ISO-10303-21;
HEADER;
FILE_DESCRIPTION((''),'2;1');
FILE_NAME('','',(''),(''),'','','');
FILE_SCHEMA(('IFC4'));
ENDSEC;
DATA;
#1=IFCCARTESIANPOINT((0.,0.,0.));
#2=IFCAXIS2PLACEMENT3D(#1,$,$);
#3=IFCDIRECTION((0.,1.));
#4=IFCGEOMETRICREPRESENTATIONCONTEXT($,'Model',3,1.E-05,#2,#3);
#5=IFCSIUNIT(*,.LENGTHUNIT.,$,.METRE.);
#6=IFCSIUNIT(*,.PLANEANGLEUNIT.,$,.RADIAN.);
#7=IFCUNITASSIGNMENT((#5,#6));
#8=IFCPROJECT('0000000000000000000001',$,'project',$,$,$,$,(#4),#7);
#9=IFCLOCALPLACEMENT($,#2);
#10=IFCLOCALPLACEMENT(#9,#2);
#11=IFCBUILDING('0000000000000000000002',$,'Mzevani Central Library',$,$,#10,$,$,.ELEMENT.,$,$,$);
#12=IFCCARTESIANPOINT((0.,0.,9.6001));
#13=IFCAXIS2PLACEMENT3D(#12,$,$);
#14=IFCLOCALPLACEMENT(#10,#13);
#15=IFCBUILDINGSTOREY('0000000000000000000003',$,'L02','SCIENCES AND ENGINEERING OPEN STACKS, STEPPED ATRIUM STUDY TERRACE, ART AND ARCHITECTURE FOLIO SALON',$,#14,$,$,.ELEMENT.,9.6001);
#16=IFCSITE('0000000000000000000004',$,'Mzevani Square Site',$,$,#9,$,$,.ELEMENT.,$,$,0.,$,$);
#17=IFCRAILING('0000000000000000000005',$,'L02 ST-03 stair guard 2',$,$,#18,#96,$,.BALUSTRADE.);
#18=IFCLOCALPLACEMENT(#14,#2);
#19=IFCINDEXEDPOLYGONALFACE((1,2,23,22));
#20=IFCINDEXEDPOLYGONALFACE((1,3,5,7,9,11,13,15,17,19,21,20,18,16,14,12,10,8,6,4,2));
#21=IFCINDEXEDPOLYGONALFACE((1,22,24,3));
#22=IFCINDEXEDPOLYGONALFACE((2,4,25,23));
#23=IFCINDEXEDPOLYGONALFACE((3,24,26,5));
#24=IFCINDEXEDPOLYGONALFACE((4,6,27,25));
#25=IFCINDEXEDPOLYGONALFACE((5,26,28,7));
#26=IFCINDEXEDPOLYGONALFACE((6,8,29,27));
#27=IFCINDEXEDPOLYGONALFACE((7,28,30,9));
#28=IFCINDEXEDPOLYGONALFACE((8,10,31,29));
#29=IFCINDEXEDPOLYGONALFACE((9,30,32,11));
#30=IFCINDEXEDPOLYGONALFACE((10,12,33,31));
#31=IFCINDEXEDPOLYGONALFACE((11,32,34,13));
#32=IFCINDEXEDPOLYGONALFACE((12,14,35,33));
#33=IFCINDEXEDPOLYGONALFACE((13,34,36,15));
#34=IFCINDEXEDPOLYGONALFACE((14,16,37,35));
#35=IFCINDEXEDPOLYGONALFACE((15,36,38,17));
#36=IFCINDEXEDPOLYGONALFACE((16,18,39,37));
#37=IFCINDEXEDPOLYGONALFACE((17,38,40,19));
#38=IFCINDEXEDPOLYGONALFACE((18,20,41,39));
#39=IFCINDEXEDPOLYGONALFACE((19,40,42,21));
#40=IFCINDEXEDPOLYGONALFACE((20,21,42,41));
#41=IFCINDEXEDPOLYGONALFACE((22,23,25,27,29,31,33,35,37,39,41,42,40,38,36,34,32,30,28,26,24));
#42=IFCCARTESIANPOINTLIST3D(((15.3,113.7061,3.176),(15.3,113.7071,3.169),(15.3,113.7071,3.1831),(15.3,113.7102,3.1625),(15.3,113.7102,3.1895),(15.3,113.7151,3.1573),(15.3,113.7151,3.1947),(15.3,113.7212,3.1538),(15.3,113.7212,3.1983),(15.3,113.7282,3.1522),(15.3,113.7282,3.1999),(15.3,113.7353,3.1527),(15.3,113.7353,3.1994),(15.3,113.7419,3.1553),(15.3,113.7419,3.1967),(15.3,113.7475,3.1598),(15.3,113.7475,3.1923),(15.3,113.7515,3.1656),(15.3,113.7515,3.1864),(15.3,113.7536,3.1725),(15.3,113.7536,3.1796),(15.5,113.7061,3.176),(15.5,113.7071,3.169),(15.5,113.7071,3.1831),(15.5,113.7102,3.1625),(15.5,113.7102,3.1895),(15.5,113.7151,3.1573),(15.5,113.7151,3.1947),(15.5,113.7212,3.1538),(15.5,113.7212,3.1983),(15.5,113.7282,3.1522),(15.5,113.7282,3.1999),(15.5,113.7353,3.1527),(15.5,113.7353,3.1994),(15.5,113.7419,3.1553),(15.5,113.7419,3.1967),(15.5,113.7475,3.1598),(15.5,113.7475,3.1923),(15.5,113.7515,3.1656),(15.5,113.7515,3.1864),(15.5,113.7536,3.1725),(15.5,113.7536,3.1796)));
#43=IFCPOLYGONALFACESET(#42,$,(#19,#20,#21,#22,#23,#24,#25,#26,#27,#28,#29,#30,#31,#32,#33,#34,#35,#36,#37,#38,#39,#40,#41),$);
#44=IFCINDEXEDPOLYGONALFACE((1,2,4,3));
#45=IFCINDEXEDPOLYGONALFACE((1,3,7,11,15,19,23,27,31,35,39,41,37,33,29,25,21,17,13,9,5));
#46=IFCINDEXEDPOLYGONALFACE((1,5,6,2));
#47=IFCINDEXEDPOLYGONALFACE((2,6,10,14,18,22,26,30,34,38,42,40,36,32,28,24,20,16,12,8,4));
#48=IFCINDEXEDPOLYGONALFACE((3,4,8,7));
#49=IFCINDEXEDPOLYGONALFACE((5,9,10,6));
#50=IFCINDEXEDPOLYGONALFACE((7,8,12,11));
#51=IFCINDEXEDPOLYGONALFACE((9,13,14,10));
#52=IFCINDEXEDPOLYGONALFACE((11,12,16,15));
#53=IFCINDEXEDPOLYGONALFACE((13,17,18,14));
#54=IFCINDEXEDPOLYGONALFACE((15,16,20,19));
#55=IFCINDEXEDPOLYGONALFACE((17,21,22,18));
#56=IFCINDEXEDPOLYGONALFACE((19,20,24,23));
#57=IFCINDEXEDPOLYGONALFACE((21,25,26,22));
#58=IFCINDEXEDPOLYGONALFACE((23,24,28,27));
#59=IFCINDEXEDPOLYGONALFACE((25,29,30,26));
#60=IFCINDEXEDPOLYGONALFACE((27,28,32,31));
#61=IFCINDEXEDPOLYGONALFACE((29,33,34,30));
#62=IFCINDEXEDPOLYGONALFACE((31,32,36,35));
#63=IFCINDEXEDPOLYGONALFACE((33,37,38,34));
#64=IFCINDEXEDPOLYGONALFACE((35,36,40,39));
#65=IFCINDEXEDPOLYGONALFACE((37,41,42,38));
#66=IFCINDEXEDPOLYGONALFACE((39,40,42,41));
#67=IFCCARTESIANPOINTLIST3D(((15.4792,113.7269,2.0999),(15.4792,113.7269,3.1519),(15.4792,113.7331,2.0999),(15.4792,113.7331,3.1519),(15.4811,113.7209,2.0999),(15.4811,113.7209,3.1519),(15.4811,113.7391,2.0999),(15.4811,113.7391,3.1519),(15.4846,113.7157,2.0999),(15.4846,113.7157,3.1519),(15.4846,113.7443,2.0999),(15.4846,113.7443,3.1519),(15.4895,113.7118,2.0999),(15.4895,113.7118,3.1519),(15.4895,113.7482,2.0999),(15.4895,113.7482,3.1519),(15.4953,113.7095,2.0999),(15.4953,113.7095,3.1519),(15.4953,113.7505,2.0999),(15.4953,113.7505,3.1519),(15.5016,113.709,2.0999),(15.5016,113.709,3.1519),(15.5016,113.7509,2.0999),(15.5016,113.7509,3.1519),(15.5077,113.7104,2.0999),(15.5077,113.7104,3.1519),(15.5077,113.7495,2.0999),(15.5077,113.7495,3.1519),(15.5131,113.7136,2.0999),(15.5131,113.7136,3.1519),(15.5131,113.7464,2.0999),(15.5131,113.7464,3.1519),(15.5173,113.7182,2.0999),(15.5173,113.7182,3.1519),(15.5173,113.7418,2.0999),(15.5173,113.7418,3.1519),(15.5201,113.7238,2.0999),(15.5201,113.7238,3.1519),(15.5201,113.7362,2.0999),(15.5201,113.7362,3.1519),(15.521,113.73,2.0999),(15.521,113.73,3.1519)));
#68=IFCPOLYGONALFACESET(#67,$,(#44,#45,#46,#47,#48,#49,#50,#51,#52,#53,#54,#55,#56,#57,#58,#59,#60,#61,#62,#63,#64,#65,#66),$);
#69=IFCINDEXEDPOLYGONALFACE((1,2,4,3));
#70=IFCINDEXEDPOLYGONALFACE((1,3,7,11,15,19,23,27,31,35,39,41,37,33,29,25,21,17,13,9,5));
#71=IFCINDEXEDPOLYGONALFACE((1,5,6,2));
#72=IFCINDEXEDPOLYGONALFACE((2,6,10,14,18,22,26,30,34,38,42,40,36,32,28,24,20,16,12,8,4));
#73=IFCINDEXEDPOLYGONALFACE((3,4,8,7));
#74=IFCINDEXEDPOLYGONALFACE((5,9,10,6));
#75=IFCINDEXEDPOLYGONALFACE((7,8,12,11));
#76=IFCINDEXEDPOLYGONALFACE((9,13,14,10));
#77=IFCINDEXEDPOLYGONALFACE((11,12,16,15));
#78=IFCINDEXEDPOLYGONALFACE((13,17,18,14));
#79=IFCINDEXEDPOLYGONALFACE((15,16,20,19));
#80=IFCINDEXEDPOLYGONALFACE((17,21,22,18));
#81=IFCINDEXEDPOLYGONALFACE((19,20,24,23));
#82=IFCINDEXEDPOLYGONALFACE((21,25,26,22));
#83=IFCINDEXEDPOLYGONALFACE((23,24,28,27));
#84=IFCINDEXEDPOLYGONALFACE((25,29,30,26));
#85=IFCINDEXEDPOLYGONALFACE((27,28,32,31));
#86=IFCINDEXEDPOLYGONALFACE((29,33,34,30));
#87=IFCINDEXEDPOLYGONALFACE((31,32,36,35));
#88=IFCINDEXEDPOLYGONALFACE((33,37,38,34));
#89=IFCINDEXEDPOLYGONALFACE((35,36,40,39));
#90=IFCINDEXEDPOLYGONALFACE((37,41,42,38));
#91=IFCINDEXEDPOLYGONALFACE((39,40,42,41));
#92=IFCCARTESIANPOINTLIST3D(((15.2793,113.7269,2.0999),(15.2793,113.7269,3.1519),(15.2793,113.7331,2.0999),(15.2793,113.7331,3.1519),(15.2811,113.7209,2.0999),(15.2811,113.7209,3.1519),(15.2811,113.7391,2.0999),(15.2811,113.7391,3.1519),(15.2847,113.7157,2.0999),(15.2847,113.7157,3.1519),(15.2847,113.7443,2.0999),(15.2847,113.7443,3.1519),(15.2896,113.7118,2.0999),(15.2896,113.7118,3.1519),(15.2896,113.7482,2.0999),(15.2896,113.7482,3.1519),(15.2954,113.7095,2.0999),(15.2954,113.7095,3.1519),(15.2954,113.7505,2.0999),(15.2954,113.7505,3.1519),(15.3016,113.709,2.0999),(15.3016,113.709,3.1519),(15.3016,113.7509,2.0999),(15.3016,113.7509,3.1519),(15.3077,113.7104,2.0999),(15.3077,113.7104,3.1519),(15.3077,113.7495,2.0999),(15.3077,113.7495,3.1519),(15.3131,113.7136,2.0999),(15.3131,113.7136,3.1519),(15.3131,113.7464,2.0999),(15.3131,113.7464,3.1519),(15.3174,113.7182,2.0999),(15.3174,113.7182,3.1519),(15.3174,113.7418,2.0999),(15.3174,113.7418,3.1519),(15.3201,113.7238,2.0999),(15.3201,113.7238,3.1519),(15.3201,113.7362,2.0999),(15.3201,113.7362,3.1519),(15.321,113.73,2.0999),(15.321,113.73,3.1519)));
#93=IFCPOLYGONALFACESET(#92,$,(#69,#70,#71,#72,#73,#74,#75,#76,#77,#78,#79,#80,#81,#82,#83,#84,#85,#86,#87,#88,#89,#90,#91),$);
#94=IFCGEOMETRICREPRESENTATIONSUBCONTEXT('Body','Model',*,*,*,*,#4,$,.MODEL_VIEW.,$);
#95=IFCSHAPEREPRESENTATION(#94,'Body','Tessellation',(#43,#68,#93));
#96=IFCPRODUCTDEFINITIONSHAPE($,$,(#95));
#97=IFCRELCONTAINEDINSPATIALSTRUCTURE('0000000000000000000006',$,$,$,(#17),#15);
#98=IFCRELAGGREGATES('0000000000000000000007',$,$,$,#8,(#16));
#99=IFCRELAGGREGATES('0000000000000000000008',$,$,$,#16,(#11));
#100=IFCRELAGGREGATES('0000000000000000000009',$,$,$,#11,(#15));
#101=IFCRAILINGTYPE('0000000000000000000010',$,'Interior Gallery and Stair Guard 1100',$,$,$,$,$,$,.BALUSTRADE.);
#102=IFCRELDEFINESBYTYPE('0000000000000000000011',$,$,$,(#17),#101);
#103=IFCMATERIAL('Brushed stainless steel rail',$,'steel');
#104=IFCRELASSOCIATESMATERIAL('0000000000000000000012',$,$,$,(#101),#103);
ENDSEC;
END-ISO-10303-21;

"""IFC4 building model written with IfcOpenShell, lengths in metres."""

from ifc_helpers import new_model, si_unit, direction, frame, origin, origin_2d, place, context, subcontext, project, spatial, circle, extrude, material, type_object, element, save


model = new_model("IFC4")

# Units and contexts
model_context = context("Model", 3, precision=1e-05, world=origin(), true_north=direction((0.0, 1.0)))
body_context = subcontext(model_context, "Body", "Model", "MODEL_VIEW")
ifc_project = project(units=[si_unit("LENGTHUNIT", "METRE"), si_unit("PLANEANGLEUNIT", "RADIAN")], contexts=[model_context])

# Site, building, storey
site_placement = place(None, origin())
site = spatial("IfcSite", under=ifc_project, at=site_placement, Name="Mzevani Square Site", CompositionType="ELEMENT", RefElevation=0.0)
building_placement = place(site_placement, origin())
building = spatial("IfcBuilding", under=site, at=building_placement, Name="Mzevani Central Library", CompositionType="ELEMENT")
storey_placement = place(building_placement, frame((0.0, 0.0, 9.6001)))
storey = spatial("IfcBuildingStorey", under=building, at=storey_placement, Name="L02", Description="SCIENCES AND ENGINEERING OPEN STACKS, STEPPED ATRIUM STUDY TERRACE, ART AND ARCHITECTURE FOLIO SALON", CompositionType="ELEMENT", Elevation=9.6001)

# Railing
ifc_material_1 = material(Name="Brushed stainless steel rail", Category="steel")
railing_type_1 = type_object("IfcRailingType", Name="Interior Gallery and Stair Guard 1100", PredefinedType="BALUSTRADE", material=ifc_material_1)
railing_1_placement = place(storey_placement, frame((15.5, 113.73, 2.0999)))
element("IfcRailing", 1, at=railing_1_placement, inside=storey, type_object=railing_type_1, Name="L02 ST-03 stair guard 2", PredefinedType="BALUSTRADE", context=body_context, shape_type="SweptSolid", body=[
    extrude(circle(Radius=0.0239, at=origin_2d()), frame((0.0, 0.0, 1.0762), z_axis=(-1.0, 0.0, 0.0), x_axis=(0.0, -1.0, 0.0)), (0.0, 0.0, 1.0), 0.2),
    extrude(circle(Radius=0.021, at=origin_2d()), origin(), (0.0, 0.0, 1.0), 1.052),
    extrude(circle(Radius=0.021, at=origin_2d()), frame((-0.2, 0.0, 0.0)), (0.0, 0.0, 1.0), 1.052),
])

save(model, "model.ifc")
